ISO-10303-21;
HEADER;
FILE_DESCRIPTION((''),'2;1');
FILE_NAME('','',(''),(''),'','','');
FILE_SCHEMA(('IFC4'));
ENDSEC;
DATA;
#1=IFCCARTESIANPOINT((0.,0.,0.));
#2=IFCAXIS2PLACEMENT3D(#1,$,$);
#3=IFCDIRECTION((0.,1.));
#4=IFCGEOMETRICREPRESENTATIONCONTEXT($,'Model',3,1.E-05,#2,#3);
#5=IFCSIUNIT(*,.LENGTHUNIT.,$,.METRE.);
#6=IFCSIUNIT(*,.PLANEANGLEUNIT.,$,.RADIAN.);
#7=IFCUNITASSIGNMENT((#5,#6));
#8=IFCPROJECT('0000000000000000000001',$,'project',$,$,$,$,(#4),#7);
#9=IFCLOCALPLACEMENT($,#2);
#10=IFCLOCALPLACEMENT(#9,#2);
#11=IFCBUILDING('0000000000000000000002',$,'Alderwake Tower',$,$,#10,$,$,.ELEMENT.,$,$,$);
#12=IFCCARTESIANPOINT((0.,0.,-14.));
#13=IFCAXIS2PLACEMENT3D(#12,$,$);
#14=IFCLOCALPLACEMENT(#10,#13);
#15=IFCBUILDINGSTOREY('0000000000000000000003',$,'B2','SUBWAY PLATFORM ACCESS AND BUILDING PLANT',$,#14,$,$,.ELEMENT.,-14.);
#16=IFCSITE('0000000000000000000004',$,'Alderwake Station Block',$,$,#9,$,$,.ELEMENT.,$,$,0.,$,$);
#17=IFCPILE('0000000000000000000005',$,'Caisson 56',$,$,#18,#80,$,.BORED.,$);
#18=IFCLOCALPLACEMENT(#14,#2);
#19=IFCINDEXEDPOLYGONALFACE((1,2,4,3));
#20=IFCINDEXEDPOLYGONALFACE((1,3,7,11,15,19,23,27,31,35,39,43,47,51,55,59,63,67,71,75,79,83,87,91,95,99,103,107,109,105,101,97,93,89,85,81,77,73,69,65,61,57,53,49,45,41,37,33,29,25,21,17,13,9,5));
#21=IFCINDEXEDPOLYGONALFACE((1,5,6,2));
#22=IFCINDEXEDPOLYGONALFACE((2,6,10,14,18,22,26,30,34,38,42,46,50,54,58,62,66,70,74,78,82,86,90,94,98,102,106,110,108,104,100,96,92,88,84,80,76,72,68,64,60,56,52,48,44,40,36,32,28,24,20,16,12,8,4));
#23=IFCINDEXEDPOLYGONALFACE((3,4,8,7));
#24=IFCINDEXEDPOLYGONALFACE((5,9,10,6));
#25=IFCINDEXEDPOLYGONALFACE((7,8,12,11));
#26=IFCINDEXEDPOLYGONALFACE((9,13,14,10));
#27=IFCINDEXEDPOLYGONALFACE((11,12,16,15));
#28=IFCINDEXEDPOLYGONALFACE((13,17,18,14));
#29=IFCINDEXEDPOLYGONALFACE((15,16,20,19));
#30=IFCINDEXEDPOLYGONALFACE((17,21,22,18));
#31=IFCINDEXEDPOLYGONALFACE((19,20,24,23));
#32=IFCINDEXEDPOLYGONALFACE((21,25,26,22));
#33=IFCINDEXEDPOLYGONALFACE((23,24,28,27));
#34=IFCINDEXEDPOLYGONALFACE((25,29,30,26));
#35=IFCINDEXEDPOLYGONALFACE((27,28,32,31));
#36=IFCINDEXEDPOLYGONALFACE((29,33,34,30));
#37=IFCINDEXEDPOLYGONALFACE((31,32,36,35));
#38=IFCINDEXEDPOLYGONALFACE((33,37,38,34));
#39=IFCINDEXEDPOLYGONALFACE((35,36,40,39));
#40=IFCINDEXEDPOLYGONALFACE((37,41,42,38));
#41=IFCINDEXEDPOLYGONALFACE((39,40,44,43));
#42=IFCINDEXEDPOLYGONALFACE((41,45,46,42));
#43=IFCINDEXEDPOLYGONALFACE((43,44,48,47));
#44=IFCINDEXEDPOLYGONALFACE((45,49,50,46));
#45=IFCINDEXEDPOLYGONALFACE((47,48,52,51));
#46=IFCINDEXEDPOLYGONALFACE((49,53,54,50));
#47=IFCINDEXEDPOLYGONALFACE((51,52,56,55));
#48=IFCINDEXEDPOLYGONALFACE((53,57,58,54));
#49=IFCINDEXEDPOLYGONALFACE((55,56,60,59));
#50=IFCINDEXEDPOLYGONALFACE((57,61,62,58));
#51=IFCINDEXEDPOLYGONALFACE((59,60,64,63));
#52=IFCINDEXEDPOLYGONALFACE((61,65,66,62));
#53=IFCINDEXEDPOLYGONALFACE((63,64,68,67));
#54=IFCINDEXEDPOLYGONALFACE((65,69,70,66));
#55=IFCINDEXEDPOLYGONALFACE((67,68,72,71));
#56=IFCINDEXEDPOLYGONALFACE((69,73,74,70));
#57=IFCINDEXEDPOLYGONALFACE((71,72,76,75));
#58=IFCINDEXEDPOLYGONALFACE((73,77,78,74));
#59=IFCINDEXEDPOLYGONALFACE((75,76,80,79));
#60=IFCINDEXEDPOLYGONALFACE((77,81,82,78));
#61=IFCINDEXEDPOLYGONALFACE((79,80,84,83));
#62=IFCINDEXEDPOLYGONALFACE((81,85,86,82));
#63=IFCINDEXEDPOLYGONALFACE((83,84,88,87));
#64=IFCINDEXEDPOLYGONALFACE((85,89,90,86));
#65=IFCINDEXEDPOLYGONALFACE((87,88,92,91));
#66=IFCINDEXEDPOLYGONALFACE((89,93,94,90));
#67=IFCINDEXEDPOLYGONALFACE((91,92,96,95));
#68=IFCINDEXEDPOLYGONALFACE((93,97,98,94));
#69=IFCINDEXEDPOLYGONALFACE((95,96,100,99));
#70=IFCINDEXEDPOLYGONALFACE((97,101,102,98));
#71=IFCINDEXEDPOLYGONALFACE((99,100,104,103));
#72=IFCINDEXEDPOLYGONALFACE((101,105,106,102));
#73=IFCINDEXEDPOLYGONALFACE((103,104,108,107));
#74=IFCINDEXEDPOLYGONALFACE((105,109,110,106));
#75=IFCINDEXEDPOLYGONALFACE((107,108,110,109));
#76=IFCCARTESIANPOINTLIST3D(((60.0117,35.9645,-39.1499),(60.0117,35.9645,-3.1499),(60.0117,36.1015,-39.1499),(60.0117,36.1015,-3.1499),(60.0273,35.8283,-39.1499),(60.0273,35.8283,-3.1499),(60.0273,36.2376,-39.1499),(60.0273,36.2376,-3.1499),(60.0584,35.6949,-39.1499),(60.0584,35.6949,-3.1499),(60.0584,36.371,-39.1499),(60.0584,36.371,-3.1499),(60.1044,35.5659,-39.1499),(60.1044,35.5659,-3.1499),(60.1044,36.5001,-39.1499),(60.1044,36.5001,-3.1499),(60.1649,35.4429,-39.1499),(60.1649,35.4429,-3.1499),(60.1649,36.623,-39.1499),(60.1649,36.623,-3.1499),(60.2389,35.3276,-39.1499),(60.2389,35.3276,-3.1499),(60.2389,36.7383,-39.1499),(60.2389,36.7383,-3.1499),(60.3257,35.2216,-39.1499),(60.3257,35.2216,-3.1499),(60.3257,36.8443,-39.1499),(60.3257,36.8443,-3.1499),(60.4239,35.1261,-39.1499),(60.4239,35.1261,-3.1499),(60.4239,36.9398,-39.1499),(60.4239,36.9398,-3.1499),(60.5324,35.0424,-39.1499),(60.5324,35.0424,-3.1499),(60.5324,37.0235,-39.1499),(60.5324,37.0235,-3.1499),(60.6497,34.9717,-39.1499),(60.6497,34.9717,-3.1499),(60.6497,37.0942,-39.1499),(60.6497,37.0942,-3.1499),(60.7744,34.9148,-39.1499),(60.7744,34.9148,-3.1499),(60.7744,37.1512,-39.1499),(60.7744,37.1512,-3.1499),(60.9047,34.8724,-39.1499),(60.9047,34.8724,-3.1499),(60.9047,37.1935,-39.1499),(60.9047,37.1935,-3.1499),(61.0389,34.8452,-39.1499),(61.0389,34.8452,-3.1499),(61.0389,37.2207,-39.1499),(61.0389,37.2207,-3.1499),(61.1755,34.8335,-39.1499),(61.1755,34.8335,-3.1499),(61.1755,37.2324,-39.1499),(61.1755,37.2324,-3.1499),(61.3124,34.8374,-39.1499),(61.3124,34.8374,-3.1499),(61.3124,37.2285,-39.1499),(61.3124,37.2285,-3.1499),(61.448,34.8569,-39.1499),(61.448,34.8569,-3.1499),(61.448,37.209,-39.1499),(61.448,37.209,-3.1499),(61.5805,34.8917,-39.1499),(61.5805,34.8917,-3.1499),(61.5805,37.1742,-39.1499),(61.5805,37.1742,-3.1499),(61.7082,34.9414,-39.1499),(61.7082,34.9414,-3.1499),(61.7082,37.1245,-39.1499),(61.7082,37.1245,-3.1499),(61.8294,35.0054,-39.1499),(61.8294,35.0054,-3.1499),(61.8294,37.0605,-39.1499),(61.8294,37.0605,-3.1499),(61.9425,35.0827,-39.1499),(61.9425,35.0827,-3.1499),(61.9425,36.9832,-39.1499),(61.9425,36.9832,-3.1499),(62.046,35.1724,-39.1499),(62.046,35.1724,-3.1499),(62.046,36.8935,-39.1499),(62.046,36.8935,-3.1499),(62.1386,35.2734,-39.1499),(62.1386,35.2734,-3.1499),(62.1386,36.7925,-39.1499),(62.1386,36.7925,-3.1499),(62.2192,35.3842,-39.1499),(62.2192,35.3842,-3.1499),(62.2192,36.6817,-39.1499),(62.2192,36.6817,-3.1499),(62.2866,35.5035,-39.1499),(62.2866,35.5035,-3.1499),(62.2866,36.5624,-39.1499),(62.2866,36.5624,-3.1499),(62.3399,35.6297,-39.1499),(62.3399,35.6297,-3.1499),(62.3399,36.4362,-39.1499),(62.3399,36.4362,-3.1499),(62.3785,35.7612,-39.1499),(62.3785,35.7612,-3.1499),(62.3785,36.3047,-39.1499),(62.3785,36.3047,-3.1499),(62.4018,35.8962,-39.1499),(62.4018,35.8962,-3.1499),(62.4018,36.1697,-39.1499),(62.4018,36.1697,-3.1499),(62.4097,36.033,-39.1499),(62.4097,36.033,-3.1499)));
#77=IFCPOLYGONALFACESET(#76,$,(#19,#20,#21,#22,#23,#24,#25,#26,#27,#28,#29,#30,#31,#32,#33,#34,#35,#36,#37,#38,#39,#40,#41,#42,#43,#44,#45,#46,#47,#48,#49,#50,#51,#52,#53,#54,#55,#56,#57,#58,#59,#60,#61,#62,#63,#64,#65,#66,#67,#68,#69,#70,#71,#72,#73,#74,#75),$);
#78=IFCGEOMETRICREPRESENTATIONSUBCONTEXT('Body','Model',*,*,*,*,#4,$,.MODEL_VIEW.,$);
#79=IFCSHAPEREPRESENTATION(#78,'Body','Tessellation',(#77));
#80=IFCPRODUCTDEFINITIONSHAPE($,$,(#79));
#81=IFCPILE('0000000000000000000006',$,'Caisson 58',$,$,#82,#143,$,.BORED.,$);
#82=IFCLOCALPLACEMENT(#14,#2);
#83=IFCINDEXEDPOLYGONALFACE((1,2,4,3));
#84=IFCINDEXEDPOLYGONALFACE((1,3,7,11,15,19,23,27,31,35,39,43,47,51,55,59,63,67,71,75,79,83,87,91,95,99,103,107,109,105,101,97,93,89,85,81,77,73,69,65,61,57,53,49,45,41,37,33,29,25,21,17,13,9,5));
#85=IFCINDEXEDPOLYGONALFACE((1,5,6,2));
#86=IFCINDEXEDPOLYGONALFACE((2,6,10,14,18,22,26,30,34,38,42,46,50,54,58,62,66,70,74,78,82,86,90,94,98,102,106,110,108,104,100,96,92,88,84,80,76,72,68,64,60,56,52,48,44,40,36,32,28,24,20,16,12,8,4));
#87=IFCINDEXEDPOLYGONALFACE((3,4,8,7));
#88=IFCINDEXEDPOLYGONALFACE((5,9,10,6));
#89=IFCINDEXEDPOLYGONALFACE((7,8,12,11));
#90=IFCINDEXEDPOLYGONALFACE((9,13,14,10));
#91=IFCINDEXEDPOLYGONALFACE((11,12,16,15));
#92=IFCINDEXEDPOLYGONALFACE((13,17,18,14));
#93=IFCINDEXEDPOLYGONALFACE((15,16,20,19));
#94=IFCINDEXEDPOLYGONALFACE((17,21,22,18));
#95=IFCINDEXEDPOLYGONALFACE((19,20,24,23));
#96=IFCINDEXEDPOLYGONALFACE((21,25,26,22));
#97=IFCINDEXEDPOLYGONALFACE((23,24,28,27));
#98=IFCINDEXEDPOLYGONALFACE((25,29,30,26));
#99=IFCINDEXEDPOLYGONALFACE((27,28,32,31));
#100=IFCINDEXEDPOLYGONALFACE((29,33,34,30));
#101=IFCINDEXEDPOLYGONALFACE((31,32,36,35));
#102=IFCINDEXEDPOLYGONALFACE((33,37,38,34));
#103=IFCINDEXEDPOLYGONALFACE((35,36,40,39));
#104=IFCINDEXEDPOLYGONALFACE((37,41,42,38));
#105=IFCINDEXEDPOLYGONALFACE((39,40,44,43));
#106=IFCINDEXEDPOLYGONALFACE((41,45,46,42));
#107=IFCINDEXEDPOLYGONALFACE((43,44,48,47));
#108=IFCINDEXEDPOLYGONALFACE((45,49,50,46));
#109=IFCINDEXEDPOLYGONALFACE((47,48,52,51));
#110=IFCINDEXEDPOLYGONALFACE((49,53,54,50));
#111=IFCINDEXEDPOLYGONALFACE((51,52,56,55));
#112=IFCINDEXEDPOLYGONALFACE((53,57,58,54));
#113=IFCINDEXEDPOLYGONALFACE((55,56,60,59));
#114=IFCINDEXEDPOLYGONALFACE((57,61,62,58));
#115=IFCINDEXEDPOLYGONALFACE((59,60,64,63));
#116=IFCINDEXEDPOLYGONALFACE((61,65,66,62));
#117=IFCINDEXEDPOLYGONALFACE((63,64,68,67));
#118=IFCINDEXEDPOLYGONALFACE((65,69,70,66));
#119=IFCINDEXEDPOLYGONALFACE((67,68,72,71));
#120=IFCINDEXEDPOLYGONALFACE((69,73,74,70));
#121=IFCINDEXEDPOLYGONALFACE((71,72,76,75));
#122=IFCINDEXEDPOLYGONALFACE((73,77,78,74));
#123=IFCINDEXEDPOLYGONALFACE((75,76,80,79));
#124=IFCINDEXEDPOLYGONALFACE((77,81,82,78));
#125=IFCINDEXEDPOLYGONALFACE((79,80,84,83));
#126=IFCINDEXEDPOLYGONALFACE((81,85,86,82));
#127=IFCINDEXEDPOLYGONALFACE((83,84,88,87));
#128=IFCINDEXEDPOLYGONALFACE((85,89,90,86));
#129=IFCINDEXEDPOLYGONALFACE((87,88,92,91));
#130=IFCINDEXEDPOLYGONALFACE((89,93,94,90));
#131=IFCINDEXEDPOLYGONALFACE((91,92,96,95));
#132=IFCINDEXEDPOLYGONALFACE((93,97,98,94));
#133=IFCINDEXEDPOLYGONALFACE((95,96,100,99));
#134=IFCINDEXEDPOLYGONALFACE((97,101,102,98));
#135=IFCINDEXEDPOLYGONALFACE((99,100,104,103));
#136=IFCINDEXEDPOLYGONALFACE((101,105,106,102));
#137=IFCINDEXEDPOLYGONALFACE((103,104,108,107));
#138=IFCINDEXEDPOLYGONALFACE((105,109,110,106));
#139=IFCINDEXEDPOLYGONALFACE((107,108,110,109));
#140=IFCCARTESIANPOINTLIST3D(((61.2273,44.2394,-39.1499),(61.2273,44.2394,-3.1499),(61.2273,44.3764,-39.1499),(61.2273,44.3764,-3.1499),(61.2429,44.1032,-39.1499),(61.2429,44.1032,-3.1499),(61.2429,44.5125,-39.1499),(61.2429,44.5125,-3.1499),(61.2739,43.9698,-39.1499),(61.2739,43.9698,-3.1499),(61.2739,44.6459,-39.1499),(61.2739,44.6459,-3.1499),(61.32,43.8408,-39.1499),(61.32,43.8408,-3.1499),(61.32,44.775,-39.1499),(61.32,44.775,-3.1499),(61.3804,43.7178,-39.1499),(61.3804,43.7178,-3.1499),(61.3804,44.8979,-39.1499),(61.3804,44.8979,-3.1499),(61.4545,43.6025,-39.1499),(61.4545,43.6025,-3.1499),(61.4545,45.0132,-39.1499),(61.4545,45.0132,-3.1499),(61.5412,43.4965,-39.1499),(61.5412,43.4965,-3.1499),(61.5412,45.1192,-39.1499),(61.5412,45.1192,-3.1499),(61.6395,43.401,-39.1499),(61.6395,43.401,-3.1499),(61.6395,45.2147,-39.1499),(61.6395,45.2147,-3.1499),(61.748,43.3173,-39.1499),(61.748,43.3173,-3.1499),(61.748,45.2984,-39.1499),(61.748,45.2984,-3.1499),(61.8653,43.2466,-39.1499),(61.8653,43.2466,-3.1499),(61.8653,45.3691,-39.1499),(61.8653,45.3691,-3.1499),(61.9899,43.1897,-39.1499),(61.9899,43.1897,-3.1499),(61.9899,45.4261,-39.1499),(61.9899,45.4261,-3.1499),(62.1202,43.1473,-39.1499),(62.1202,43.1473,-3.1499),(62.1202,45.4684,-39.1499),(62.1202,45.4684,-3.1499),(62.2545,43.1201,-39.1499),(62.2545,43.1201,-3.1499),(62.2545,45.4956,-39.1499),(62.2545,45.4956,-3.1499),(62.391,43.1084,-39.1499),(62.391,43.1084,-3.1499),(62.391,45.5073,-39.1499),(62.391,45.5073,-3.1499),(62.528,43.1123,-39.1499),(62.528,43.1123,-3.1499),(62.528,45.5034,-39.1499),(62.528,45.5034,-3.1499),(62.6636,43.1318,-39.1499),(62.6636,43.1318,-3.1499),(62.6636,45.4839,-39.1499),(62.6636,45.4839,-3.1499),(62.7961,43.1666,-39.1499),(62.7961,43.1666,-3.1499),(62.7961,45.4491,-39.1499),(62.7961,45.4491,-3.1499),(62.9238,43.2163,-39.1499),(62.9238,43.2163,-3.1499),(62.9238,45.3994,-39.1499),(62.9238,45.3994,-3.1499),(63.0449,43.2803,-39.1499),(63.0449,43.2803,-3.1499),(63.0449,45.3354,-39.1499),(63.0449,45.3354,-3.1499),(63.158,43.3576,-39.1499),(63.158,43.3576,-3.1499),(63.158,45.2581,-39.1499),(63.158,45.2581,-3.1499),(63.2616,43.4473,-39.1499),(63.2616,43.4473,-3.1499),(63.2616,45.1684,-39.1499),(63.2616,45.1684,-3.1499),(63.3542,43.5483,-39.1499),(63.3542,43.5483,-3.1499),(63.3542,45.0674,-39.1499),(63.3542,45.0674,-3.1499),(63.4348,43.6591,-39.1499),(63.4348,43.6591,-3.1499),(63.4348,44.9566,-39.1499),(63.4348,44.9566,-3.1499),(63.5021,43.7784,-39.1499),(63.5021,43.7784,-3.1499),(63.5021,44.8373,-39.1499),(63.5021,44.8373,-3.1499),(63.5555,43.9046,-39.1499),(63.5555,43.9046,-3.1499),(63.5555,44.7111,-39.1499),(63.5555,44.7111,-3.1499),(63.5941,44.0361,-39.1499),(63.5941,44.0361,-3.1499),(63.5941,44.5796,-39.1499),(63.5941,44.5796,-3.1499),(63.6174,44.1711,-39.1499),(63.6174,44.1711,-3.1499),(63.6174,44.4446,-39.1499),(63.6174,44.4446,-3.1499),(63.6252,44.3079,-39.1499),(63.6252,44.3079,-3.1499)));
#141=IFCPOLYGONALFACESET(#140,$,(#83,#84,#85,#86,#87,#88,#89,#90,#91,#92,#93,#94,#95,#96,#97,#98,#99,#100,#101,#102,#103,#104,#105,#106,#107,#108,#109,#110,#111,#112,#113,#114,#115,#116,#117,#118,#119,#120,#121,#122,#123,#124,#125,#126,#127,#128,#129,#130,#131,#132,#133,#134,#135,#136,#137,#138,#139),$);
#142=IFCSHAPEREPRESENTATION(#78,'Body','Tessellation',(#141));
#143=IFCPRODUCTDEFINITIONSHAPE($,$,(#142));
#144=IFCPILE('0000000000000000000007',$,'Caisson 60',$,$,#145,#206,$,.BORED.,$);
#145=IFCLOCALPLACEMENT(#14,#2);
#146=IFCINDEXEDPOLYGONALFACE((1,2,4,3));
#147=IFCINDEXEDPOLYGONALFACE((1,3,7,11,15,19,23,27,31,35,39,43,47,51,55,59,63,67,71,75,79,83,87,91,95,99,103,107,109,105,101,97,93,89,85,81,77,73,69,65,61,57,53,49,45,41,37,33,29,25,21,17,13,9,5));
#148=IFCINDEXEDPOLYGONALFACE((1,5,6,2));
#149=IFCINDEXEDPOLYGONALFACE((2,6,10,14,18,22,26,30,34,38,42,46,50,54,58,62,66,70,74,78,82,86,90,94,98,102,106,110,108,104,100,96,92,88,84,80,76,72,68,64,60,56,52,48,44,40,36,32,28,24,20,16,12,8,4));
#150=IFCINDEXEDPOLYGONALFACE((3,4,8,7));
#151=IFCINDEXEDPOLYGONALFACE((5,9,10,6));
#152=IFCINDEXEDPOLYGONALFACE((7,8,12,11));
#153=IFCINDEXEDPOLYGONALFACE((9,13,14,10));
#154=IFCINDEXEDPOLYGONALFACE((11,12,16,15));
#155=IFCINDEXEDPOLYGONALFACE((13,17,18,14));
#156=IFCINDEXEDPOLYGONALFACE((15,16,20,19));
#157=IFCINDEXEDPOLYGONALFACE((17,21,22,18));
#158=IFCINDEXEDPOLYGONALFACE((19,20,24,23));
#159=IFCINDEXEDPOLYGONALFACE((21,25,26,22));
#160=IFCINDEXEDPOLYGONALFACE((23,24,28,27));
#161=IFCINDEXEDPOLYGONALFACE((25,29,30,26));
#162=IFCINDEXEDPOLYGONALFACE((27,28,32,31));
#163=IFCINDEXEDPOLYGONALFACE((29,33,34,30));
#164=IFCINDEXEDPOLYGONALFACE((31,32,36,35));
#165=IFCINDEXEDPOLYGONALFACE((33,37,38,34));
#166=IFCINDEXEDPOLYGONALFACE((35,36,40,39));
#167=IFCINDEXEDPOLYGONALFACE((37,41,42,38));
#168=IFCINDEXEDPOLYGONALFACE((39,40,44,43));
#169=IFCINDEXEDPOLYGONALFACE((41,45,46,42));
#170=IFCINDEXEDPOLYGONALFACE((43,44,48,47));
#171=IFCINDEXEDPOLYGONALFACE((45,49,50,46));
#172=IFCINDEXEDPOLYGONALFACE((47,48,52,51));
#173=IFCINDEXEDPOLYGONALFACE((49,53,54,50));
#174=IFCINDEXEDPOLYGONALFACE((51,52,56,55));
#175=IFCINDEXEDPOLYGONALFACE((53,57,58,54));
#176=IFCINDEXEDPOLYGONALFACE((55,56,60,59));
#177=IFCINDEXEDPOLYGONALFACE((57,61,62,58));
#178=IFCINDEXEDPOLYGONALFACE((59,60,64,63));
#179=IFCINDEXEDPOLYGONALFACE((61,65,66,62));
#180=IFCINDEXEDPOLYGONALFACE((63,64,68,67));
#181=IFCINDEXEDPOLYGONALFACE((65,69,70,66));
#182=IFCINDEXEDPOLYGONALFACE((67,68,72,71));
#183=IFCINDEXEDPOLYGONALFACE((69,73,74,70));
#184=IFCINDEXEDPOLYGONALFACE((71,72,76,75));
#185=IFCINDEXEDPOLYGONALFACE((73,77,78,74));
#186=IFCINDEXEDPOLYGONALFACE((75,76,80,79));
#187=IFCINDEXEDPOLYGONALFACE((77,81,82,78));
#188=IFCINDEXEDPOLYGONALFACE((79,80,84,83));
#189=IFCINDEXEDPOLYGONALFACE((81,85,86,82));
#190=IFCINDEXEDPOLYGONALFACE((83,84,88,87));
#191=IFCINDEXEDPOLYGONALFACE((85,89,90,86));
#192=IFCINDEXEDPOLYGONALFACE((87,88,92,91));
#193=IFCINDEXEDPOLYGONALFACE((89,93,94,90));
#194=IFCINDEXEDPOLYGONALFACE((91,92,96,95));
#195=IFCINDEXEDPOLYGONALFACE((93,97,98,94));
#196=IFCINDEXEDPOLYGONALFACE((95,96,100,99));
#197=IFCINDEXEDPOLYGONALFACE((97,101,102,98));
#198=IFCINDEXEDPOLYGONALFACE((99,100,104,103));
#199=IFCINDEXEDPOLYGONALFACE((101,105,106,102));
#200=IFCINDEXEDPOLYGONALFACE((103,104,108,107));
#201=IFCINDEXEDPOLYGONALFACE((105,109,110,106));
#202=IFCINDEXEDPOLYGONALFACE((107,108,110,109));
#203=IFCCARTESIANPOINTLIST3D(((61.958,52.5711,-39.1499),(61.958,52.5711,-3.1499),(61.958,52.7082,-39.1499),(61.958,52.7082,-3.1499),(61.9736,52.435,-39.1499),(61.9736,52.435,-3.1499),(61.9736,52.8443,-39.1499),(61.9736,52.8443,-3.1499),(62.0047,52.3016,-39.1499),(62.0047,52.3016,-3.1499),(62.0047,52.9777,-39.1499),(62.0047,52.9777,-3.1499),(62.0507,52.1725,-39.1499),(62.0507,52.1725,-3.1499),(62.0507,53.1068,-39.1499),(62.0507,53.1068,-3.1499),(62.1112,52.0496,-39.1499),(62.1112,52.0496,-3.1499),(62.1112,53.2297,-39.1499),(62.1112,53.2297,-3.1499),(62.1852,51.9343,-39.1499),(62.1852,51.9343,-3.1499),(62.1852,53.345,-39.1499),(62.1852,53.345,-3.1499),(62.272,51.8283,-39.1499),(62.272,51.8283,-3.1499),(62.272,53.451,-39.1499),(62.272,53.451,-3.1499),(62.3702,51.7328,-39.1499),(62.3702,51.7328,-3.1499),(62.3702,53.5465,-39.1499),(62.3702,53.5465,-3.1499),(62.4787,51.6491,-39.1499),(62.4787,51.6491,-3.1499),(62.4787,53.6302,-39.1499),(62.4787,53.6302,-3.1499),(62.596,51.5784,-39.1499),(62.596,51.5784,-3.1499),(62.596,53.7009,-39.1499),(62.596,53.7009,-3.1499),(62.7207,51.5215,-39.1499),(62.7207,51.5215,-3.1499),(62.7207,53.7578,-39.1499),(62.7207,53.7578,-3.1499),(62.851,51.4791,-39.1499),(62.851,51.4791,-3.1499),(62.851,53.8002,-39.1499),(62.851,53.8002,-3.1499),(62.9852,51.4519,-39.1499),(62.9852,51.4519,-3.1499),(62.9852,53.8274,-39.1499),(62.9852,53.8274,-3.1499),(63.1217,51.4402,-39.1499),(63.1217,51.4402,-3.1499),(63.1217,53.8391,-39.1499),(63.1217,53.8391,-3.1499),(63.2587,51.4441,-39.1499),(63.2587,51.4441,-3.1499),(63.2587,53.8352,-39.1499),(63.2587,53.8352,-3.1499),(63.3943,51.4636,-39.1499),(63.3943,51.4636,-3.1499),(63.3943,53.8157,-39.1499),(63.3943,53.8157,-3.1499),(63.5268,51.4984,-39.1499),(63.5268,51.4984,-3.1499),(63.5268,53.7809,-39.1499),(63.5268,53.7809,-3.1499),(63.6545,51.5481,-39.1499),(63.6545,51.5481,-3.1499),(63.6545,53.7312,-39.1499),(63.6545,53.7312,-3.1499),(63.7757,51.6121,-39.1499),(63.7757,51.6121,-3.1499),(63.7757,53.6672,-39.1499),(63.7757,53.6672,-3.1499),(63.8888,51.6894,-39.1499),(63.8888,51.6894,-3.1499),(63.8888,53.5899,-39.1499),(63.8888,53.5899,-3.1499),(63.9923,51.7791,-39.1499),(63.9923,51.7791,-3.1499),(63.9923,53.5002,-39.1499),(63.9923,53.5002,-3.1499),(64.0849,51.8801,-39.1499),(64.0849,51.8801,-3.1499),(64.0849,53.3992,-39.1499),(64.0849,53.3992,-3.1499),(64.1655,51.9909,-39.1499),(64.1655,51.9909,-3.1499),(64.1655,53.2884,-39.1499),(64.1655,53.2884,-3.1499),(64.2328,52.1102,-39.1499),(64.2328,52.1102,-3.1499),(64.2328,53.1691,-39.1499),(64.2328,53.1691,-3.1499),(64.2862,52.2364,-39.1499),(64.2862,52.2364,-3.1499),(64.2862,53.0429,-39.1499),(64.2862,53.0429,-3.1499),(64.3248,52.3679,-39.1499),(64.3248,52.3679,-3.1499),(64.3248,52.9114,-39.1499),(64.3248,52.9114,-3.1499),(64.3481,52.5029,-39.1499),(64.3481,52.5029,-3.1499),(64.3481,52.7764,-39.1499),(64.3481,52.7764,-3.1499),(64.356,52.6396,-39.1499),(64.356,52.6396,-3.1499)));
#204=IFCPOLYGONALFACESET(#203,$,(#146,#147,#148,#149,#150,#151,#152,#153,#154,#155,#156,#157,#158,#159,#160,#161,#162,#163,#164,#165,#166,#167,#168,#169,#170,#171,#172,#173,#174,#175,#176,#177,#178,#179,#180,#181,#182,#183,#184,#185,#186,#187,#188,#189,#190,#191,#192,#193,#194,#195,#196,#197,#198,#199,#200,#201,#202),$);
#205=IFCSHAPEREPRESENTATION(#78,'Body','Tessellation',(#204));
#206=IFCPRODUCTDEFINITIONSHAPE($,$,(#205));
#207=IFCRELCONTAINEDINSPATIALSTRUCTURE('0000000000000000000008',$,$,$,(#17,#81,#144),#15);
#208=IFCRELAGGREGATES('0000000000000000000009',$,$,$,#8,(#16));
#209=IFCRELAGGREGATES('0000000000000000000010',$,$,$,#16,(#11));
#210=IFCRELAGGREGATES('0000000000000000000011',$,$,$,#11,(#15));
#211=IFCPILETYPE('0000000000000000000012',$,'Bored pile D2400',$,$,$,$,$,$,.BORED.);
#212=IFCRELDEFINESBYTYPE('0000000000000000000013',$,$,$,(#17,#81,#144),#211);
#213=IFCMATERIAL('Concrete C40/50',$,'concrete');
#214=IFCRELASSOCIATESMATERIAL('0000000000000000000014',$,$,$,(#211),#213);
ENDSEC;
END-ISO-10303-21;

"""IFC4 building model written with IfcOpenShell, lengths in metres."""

from ifc_helpers import new_model, si_unit, direction, frame, origin, origin_2d, place, context, subcontext, project, spatial, circle, extrude, material, material_profile, profile_set, type_object, element, save


model = new_model("IFC4")

# Units and contexts
model_context = context("Model", 3, precision=1e-05, world=origin(), true_north=direction((0.0, 1.0)))
body_context = subcontext(model_context, "Body", "Model", "MODEL_VIEW")
ifc_project = project(units=[si_unit("LENGTHUNIT", "METRE"), si_unit("PLANEANGLEUNIT", "RADIAN")], contexts=[model_context])

# Site, building, storey
site_placement = place(None, origin())
site = spatial("IfcSite", under=ifc_project, at=site_placement, Name="Alderwake Station Block", CompositionType="ELEMENT", RefElevation=0.0)
building_placement = place(site_placement, origin())
building = spatial("IfcBuilding", under=site, at=building_placement, Name="Alderwake Tower", CompositionType="ELEMENT")
storey_placement = place(building_placement, frame((0.0, 0.0, -14.0)))
storey = spatial("IfcBuildingStorey", under=building, at=storey_placement, Name="B2", Description="SUBWAY PLATFORM ACCESS AND BUILDING PLANT", CompositionType="ELEMENT", Elevation=-14.0)

# Piles
ifc_material_1 = material(Name="Concrete C40/50", Category="concrete")
ifc_material_profile_1 = material_profile(ifc_material_1, circle(Radius=1.2, at=origin_2d()), Name="PILE 2400")
ifc_profile_set_1 = profile_set([ifc_material_profile_1], Name="Concrete C40/50")
pile_type_1 = type_object("IfcPileType", Name="Bored pile D2400", PredefinedType="BORED", material=ifc_profile_set_1)
for number, where, z_axis, x_axis, name in (
    (1, (61.2097, 36.033, -3.1499), (0.0, 0.0, -1.0), (1.0, 0.0, 0.0), "Caisson 56"),
    (2, (62.4253, 44.3079, -3.1499), (0.0, 0.0, -1.0), (1.0, 0.0, 0.0), "Caisson 58"),
    (3, (63.156, 52.6396, -3.1499), (0.0, 0.0, -1.0), (1.0, 0.0, 0.0), "Caisson 60"),
):
    element("IfcPile", number, at=place(storey_placement, frame(where, z_axis=z_axis, x_axis=x_axis)), inside=storey, type_object=pile_type_1, Name=name, PredefinedType="BORED", context=body_context, shape_type="SweptSolid", body=[
        extrude(circle(Radius=1.2, at=origin_2d()), origin(), (0.0, 0.0, 1.0), 36.0),
    ])

save(model, "model.ifc")
